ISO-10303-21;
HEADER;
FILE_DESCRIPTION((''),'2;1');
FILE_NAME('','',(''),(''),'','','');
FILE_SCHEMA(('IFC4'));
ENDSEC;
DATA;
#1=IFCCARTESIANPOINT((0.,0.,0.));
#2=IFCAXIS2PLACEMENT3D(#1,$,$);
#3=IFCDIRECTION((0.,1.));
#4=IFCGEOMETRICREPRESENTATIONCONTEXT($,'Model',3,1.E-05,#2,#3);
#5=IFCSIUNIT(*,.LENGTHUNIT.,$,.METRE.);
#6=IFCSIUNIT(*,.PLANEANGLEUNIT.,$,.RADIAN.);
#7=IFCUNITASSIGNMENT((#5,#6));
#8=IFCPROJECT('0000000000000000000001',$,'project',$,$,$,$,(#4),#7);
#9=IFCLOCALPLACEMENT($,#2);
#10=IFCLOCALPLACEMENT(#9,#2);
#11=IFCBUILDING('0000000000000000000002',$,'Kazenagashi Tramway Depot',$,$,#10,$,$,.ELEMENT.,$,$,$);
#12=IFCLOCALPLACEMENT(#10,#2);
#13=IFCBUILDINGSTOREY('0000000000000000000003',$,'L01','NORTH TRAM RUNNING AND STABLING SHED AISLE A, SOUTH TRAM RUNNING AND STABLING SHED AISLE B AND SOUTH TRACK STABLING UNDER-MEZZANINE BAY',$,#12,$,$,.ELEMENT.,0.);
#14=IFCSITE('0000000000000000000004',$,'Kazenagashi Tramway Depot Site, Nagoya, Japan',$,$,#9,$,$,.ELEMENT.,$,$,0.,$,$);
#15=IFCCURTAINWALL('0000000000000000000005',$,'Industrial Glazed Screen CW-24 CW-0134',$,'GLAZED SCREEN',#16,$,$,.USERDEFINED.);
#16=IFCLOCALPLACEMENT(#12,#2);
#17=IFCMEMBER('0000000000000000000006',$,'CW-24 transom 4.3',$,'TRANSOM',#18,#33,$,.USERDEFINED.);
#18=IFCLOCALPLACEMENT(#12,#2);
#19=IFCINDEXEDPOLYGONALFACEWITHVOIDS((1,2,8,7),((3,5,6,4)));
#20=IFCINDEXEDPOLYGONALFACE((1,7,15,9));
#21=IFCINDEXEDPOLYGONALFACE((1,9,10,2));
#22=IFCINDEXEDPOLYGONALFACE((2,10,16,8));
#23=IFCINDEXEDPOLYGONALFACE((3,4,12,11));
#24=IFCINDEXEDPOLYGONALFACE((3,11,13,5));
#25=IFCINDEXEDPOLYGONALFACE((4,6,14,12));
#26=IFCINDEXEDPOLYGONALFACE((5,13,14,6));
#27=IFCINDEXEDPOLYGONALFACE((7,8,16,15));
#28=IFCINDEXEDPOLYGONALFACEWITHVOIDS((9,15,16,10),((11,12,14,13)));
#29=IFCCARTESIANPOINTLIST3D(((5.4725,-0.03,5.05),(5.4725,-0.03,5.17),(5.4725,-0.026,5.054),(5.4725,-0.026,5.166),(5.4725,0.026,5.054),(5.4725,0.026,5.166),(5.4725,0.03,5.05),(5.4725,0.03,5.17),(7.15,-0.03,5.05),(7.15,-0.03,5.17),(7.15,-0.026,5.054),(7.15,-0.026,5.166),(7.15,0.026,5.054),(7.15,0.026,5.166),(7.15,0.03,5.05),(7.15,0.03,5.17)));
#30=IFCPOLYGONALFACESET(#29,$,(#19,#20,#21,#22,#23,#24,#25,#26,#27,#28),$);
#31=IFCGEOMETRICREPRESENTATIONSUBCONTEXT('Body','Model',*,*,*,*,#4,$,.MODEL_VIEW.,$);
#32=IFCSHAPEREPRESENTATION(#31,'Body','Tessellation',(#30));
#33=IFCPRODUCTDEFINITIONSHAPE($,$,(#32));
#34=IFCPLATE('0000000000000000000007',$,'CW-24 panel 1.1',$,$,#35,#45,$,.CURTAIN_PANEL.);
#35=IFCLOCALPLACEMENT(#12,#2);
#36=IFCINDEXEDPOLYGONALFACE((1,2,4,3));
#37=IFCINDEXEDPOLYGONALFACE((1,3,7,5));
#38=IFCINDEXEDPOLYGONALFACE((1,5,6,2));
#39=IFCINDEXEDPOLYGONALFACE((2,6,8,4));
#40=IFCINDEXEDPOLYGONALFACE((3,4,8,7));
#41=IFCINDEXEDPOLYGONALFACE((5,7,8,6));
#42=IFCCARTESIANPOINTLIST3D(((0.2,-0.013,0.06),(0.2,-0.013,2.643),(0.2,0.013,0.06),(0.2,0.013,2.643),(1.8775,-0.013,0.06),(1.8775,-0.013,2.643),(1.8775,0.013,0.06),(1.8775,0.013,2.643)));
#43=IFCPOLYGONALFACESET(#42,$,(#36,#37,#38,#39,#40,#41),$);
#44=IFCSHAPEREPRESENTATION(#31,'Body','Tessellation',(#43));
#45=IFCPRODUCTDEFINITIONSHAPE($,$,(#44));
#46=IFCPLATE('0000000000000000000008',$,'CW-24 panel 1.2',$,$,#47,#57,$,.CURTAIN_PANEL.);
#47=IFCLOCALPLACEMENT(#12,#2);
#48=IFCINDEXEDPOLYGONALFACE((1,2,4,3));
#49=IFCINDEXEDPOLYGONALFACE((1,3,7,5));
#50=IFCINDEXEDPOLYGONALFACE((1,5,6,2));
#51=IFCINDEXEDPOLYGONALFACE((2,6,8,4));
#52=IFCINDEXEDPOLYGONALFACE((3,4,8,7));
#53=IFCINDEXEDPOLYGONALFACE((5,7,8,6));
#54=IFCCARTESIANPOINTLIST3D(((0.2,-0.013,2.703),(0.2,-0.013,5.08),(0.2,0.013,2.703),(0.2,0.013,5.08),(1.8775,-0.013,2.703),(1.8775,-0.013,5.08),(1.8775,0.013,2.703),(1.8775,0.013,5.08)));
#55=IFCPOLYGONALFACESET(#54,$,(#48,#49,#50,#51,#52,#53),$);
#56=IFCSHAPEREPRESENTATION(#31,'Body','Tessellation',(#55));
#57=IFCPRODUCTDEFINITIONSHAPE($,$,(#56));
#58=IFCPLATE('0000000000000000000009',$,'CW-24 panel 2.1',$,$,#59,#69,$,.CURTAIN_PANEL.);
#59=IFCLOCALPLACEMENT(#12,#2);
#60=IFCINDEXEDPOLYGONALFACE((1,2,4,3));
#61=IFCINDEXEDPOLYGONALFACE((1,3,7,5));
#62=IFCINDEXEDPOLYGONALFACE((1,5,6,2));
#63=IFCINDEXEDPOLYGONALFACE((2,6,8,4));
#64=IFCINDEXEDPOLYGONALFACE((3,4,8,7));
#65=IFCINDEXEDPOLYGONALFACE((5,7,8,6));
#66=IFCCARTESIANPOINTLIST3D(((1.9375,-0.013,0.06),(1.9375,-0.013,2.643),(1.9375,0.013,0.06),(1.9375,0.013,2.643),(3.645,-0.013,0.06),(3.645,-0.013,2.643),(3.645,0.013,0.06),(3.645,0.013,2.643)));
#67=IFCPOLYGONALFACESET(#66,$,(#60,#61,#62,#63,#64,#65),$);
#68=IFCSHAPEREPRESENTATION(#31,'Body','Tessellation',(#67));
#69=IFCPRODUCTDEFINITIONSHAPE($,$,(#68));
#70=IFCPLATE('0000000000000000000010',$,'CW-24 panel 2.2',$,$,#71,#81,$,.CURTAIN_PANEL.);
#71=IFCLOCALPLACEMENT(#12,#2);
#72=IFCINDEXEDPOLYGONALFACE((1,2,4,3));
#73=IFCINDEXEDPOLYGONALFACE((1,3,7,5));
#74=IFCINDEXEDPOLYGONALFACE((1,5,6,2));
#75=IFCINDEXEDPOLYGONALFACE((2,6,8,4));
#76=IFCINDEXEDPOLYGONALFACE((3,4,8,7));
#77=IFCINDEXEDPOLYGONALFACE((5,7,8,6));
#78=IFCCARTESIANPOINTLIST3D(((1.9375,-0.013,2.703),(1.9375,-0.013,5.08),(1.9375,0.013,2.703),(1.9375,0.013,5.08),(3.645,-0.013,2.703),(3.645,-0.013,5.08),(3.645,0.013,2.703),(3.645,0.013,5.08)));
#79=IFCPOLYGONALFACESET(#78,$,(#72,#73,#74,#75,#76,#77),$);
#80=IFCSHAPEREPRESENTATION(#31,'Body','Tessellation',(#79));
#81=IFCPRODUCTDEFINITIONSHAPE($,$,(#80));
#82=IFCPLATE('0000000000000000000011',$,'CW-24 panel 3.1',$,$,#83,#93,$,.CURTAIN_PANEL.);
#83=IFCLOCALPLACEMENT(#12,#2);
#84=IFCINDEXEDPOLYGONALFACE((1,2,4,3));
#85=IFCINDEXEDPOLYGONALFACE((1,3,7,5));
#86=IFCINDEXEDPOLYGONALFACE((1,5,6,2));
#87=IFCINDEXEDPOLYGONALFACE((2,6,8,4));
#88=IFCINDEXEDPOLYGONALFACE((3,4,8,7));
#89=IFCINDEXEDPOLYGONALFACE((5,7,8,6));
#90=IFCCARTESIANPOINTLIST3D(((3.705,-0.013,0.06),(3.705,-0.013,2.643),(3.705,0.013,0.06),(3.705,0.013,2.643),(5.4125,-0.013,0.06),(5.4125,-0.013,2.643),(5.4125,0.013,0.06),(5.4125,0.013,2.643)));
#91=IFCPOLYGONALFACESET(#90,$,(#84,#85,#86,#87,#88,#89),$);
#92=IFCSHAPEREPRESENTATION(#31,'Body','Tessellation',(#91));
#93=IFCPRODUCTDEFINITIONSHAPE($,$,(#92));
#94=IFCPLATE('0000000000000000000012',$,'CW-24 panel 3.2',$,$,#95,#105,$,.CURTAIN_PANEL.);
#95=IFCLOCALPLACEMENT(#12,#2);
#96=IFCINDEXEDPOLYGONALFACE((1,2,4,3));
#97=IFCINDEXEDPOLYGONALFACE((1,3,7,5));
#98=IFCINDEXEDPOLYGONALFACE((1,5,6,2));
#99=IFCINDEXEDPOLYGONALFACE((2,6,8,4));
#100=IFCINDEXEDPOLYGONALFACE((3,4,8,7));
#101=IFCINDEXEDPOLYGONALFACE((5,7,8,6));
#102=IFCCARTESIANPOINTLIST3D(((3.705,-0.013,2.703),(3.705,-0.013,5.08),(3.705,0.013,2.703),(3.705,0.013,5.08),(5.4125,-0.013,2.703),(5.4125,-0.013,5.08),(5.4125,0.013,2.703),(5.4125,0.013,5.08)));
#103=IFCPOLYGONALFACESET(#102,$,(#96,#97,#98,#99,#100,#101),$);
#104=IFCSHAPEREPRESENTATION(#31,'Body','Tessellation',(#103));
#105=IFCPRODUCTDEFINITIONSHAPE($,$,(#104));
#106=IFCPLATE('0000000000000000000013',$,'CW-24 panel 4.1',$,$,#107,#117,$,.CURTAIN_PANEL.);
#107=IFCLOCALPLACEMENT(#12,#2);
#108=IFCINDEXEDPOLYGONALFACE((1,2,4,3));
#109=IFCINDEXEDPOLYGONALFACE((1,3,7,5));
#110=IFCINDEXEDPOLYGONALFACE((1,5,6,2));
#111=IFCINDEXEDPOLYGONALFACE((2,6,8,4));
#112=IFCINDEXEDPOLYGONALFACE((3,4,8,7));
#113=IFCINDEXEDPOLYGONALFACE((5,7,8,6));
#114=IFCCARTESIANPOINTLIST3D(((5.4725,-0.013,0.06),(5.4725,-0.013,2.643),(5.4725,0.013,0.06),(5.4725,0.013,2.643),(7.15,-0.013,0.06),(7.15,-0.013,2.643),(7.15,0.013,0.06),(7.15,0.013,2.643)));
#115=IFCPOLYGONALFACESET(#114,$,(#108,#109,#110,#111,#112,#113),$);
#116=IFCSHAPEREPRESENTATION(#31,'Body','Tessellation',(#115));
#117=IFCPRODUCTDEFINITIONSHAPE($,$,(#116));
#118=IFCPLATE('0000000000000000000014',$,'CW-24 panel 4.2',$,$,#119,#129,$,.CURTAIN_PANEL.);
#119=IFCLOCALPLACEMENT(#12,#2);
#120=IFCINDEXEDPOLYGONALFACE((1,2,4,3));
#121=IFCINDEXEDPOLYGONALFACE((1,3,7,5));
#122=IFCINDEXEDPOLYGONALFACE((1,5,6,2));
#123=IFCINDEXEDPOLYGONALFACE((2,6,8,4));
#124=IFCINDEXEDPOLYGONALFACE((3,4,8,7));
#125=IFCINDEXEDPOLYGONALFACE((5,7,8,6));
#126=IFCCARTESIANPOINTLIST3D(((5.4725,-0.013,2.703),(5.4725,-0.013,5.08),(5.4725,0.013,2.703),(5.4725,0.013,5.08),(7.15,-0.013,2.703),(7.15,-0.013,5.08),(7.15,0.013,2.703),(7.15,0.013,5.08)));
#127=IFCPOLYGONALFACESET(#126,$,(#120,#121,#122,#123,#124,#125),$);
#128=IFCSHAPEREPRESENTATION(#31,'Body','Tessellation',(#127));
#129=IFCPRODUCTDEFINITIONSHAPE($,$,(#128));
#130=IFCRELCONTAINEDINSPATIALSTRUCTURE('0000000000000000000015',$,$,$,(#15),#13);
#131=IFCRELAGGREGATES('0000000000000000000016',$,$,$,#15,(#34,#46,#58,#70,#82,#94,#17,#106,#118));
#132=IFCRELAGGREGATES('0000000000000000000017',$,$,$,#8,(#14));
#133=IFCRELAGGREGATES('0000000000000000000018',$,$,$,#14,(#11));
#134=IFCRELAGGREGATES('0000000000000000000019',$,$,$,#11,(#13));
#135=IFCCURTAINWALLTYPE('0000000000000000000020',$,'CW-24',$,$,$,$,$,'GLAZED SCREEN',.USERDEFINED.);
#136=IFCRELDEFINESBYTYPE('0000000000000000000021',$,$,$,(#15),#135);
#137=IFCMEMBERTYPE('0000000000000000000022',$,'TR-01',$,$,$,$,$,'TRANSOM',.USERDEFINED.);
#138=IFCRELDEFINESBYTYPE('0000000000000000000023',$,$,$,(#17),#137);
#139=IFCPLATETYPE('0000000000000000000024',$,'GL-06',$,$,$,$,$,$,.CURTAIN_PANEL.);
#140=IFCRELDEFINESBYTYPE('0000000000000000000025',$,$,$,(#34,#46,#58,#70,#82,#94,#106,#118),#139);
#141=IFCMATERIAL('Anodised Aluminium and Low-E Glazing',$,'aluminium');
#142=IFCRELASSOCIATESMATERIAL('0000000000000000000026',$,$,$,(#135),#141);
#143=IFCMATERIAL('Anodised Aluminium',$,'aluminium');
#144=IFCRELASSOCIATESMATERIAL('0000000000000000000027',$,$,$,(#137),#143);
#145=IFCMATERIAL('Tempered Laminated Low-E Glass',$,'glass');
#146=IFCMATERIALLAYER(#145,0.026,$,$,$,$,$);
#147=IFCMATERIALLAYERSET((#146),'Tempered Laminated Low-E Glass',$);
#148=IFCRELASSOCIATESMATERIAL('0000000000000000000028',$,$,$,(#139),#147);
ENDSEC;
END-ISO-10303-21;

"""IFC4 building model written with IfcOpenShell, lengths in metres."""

from ifc_helpers import new_model, si_unit, direction, frame, origin, origin_2d, place, context, subcontext, project, spatial, rectangle, hollow_rectangle, extrude, material, layer, layer_set, material_profile, profile_set, type_object, element, aggregate, save


model = new_model("IFC4")

# Units and contexts
model_context = context("Model", 3, precision=1e-05, world=origin(), true_north=direction((0.0, 1.0)))
body_context = subcontext(model_context, "Body", "Model", "MODEL_VIEW")
ifc_project = project(units=[si_unit("LENGTHUNIT", "METRE"), si_unit("PLANEANGLEUNIT", "RADIAN")], contexts=[model_context])

# Site, building, storey
site_placement = place(None, origin())
site = spatial("IfcSite", under=ifc_project, at=site_placement, Name="Kazenagashi Tramway Depot Site, Nagoya, Japan", CompositionType="ELEMENT", RefElevation=0.0)
building_placement = place(site_placement, origin())
building = spatial("IfcBuilding", under=site, at=building_placement, Name="Kazenagashi Tramway Depot", CompositionType="ELEMENT")
storey_placement = place(building_placement, origin())
storey = spatial("IfcBuildingStorey", under=building, at=storey_placement, Name="L01", Description="NORTH TRAM RUNNING AND STABLING SHED AISLE A, SOUTH TRAM RUNNING AND STABLING SHED AISLE B AND SOUTH TRACK STABLING UNDER-MEZZANINE BAY", CompositionType="ELEMENT", Elevation=0.0)

# Curtain wall, member, plates
ifc_material_1 = material(Name="Anodised Aluminium and Low-E Glazing", Category="aluminium")
curtain_wall_type = type_object("IfcCurtainWallType", Name="CW-24", ElementType="GLAZED SCREEN", PredefinedType="USERDEFINED", material=ifc_material_1)
curtain_wall_placement = place(storey_placement, origin())
curtain_wall = element("IfcCurtainWall", 1, at=curtain_wall_placement, inside=storey, type_object=curtain_wall_type, Name="Industrial Glazed Screen CW-24 CW-0134", ObjectType="GLAZED SCREEN", PredefinedType="USERDEFINED")
ifc_material_2 = material(Name="Anodised Aluminium", Category="aluminium")
ifc_material_profile_1 = material_profile(ifc_material_2, hollow_rectangle(XDim=0.06, YDim=0.12, WallThickness=0.004, at=origin_2d()), Name="RHS-120x60x4")
ifc_profile_set_1 = profile_set([ifc_material_profile_1], Name="Anodised Aluminium")
member_type_1 = type_object("IfcMemberType", Name="TR-01", ElementType="TRANSOM", PredefinedType="USERDEFINED", material=ifc_profile_set_1)
member_1_placement = place(storey_placement, frame((5.4725, 0.0, 5.11), z_axis=(1.0, 0.0, 0.0), x_axis=(0.0, 1.0, 0.0)))
member_1 = element("IfcMember", 2, at=member_1_placement, type_object=member_type_1, Name="CW-24 transom 4.3", ObjectType="TRANSOM", PredefinedType="USERDEFINED", context=body_context, shape_type="SweptSolid", body=[
    extrude(hollow_rectangle(XDim=0.06, YDim=0.12, WallThickness=0.004, at=origin_2d()), origin(), (0.0, 0.0, 1.0), 1.6775),
])
ifc_material_3 = material(Name="Tempered Laminated Low-E Glass", Category="glass")
ifc_layer = layer(ifc_material_3, 0.026)
ifc_layer_set = layer_set([ifc_layer], Name="Tempered Laminated Low-E Glass")
plate_type = type_object("IfcPlateType", Name="GL-06", PredefinedType="CURTAIN_PANEL", material=ifc_layer_set)
plate_1_placement = place(storey_placement, frame((1.0388, 0.0, 0.06), z_axis=(0.0, 0.0, 1.0), x_axis=(1.0, 0.0, 0.0)))
plate_1 = element("IfcPlate", 3, at=plate_1_placement, type_object=plate_type, Name="CW-24 panel 1.1", PredefinedType="CURTAIN_PANEL", context=body_context, shape_type="SweptSolid", body=[
    extrude(rectangle(XDim=1.6775, YDim=0.026, at=origin_2d()), origin(), (0.0, 0.0, 1.0), 2.583),
])
plate_2_placement = place(storey_placement, frame((1.0388, 0.0, 2.703), z_axis=(0.0, 0.0, 1.0), x_axis=(1.0, 0.0, 0.0)))
plate_2 = element("IfcPlate", 4, at=plate_2_placement, type_object=plate_type, Name="CW-24 panel 1.2", PredefinedType="CURTAIN_PANEL", context=body_context, shape_type="SweptSolid", body=[
    extrude(rectangle(XDim=1.6775, YDim=0.026, at=origin_2d()), origin(), (0.0, 0.0, 1.0), 2.377),
])
plate_3_placement = place(storey_placement, frame((2.7912, 0.0, 0.06), z_axis=(0.0, 0.0, 1.0), x_axis=(1.0, 0.0, 0.0)))
plate_3 = element("IfcPlate", 5, at=plate_3_placement, type_object=plate_type, Name="CW-24 panel 2.1", PredefinedType="CURTAIN_PANEL", context=body_context, shape_type="SweptSolid", body=[
    extrude(rectangle(XDim=1.7075, YDim=0.026, at=origin_2d()), origin(), (0.0, 0.0, 1.0), 2.583),
])
plate_4_placement = place(storey_placement, frame((2.7912, 0.0, 2.703), z_axis=(0.0, 0.0, 1.0), x_axis=(1.0, 0.0, 0.0)))
plate_4 = element("IfcPlate", 6, at=plate_4_placement, type_object=plate_type, Name="CW-24 panel 2.2", PredefinedType="CURTAIN_PANEL", context=body_context, shape_type="SweptSolid", body=[
    extrude(rectangle(XDim=1.7075, YDim=0.026, at=origin_2d()), origin(), (0.0, 0.0, 1.0), 2.377),
])
plate_5_placement = place(storey_placement, frame((4.5587, 0.0, 0.06), z_axis=(0.0, 0.0, 1.0), x_axis=(1.0, 0.0, 0.0)))
plate_5 = element("IfcPlate", 7, at=plate_5_placement, type_object=plate_type, Name="CW-24 panel 3.1", PredefinedType="CURTAIN_PANEL", context=body_context, shape_type="SweptSolid", body=[
    extrude(rectangle(XDim=1.7075, YDim=0.026, at=origin_2d()), origin(), (0.0, 0.0, 1.0), 2.583),
])
plate_6_placement = place(storey_placement, frame((4.5587, 0.0, 2.703), z_axis=(0.0, 0.0, 1.0), x_axis=(1.0, 0.0, 0.0)))
plate_6 = element("IfcPlate", 8, at=plate_6_placement, type_object=plate_type, Name="CW-24 panel 3.2", PredefinedType="CURTAIN_PANEL", context=body_context, shape_type="SweptSolid", body=[
    extrude(rectangle(XDim=1.7075, YDim=0.026, at=origin_2d()), origin(), (0.0, 0.0, 1.0), 2.377),
])
plate_7_placement = place(storey_placement, frame((6.3113, 0.0, 0.06), z_axis=(0.0, 0.0, 1.0), x_axis=(1.0, 0.0, 0.0)))
plate_7 = element("IfcPlate", 9, at=plate_7_placement, type_object=plate_type, Name="CW-24 panel 4.1", PredefinedType="CURTAIN_PANEL", context=body_context, shape_type="SweptSolid", body=[
    extrude(rectangle(XDim=1.6775, YDim=0.026, at=origin_2d()), origin(), (0.0, 0.0, 1.0), 2.583),
])
plate_8_placement = place(storey_placement, frame((6.3113, 0.0, 2.703), z_axis=(0.0, 0.0, 1.0), x_axis=(1.0, 0.0, 0.0)))
plate_8 = element("IfcPlate", 10, at=plate_8_placement, type_object=plate_type, Name="CW-24 panel 4.2", PredefinedType="CURTAIN_PANEL", context=body_context, shape_type="SweptSolid", body=[
    extrude(rectangle(XDim=1.6775, YDim=0.026, at=origin_2d()), origin(), (0.0, 0.0, 1.0), 2.377),
])
aggregate(curtain_wall, [plate_1, plate_2, plate_3, plate_4, plate_5, plate_6, member_1, plate_7, plate_8])

save(model, "model.ifc")
